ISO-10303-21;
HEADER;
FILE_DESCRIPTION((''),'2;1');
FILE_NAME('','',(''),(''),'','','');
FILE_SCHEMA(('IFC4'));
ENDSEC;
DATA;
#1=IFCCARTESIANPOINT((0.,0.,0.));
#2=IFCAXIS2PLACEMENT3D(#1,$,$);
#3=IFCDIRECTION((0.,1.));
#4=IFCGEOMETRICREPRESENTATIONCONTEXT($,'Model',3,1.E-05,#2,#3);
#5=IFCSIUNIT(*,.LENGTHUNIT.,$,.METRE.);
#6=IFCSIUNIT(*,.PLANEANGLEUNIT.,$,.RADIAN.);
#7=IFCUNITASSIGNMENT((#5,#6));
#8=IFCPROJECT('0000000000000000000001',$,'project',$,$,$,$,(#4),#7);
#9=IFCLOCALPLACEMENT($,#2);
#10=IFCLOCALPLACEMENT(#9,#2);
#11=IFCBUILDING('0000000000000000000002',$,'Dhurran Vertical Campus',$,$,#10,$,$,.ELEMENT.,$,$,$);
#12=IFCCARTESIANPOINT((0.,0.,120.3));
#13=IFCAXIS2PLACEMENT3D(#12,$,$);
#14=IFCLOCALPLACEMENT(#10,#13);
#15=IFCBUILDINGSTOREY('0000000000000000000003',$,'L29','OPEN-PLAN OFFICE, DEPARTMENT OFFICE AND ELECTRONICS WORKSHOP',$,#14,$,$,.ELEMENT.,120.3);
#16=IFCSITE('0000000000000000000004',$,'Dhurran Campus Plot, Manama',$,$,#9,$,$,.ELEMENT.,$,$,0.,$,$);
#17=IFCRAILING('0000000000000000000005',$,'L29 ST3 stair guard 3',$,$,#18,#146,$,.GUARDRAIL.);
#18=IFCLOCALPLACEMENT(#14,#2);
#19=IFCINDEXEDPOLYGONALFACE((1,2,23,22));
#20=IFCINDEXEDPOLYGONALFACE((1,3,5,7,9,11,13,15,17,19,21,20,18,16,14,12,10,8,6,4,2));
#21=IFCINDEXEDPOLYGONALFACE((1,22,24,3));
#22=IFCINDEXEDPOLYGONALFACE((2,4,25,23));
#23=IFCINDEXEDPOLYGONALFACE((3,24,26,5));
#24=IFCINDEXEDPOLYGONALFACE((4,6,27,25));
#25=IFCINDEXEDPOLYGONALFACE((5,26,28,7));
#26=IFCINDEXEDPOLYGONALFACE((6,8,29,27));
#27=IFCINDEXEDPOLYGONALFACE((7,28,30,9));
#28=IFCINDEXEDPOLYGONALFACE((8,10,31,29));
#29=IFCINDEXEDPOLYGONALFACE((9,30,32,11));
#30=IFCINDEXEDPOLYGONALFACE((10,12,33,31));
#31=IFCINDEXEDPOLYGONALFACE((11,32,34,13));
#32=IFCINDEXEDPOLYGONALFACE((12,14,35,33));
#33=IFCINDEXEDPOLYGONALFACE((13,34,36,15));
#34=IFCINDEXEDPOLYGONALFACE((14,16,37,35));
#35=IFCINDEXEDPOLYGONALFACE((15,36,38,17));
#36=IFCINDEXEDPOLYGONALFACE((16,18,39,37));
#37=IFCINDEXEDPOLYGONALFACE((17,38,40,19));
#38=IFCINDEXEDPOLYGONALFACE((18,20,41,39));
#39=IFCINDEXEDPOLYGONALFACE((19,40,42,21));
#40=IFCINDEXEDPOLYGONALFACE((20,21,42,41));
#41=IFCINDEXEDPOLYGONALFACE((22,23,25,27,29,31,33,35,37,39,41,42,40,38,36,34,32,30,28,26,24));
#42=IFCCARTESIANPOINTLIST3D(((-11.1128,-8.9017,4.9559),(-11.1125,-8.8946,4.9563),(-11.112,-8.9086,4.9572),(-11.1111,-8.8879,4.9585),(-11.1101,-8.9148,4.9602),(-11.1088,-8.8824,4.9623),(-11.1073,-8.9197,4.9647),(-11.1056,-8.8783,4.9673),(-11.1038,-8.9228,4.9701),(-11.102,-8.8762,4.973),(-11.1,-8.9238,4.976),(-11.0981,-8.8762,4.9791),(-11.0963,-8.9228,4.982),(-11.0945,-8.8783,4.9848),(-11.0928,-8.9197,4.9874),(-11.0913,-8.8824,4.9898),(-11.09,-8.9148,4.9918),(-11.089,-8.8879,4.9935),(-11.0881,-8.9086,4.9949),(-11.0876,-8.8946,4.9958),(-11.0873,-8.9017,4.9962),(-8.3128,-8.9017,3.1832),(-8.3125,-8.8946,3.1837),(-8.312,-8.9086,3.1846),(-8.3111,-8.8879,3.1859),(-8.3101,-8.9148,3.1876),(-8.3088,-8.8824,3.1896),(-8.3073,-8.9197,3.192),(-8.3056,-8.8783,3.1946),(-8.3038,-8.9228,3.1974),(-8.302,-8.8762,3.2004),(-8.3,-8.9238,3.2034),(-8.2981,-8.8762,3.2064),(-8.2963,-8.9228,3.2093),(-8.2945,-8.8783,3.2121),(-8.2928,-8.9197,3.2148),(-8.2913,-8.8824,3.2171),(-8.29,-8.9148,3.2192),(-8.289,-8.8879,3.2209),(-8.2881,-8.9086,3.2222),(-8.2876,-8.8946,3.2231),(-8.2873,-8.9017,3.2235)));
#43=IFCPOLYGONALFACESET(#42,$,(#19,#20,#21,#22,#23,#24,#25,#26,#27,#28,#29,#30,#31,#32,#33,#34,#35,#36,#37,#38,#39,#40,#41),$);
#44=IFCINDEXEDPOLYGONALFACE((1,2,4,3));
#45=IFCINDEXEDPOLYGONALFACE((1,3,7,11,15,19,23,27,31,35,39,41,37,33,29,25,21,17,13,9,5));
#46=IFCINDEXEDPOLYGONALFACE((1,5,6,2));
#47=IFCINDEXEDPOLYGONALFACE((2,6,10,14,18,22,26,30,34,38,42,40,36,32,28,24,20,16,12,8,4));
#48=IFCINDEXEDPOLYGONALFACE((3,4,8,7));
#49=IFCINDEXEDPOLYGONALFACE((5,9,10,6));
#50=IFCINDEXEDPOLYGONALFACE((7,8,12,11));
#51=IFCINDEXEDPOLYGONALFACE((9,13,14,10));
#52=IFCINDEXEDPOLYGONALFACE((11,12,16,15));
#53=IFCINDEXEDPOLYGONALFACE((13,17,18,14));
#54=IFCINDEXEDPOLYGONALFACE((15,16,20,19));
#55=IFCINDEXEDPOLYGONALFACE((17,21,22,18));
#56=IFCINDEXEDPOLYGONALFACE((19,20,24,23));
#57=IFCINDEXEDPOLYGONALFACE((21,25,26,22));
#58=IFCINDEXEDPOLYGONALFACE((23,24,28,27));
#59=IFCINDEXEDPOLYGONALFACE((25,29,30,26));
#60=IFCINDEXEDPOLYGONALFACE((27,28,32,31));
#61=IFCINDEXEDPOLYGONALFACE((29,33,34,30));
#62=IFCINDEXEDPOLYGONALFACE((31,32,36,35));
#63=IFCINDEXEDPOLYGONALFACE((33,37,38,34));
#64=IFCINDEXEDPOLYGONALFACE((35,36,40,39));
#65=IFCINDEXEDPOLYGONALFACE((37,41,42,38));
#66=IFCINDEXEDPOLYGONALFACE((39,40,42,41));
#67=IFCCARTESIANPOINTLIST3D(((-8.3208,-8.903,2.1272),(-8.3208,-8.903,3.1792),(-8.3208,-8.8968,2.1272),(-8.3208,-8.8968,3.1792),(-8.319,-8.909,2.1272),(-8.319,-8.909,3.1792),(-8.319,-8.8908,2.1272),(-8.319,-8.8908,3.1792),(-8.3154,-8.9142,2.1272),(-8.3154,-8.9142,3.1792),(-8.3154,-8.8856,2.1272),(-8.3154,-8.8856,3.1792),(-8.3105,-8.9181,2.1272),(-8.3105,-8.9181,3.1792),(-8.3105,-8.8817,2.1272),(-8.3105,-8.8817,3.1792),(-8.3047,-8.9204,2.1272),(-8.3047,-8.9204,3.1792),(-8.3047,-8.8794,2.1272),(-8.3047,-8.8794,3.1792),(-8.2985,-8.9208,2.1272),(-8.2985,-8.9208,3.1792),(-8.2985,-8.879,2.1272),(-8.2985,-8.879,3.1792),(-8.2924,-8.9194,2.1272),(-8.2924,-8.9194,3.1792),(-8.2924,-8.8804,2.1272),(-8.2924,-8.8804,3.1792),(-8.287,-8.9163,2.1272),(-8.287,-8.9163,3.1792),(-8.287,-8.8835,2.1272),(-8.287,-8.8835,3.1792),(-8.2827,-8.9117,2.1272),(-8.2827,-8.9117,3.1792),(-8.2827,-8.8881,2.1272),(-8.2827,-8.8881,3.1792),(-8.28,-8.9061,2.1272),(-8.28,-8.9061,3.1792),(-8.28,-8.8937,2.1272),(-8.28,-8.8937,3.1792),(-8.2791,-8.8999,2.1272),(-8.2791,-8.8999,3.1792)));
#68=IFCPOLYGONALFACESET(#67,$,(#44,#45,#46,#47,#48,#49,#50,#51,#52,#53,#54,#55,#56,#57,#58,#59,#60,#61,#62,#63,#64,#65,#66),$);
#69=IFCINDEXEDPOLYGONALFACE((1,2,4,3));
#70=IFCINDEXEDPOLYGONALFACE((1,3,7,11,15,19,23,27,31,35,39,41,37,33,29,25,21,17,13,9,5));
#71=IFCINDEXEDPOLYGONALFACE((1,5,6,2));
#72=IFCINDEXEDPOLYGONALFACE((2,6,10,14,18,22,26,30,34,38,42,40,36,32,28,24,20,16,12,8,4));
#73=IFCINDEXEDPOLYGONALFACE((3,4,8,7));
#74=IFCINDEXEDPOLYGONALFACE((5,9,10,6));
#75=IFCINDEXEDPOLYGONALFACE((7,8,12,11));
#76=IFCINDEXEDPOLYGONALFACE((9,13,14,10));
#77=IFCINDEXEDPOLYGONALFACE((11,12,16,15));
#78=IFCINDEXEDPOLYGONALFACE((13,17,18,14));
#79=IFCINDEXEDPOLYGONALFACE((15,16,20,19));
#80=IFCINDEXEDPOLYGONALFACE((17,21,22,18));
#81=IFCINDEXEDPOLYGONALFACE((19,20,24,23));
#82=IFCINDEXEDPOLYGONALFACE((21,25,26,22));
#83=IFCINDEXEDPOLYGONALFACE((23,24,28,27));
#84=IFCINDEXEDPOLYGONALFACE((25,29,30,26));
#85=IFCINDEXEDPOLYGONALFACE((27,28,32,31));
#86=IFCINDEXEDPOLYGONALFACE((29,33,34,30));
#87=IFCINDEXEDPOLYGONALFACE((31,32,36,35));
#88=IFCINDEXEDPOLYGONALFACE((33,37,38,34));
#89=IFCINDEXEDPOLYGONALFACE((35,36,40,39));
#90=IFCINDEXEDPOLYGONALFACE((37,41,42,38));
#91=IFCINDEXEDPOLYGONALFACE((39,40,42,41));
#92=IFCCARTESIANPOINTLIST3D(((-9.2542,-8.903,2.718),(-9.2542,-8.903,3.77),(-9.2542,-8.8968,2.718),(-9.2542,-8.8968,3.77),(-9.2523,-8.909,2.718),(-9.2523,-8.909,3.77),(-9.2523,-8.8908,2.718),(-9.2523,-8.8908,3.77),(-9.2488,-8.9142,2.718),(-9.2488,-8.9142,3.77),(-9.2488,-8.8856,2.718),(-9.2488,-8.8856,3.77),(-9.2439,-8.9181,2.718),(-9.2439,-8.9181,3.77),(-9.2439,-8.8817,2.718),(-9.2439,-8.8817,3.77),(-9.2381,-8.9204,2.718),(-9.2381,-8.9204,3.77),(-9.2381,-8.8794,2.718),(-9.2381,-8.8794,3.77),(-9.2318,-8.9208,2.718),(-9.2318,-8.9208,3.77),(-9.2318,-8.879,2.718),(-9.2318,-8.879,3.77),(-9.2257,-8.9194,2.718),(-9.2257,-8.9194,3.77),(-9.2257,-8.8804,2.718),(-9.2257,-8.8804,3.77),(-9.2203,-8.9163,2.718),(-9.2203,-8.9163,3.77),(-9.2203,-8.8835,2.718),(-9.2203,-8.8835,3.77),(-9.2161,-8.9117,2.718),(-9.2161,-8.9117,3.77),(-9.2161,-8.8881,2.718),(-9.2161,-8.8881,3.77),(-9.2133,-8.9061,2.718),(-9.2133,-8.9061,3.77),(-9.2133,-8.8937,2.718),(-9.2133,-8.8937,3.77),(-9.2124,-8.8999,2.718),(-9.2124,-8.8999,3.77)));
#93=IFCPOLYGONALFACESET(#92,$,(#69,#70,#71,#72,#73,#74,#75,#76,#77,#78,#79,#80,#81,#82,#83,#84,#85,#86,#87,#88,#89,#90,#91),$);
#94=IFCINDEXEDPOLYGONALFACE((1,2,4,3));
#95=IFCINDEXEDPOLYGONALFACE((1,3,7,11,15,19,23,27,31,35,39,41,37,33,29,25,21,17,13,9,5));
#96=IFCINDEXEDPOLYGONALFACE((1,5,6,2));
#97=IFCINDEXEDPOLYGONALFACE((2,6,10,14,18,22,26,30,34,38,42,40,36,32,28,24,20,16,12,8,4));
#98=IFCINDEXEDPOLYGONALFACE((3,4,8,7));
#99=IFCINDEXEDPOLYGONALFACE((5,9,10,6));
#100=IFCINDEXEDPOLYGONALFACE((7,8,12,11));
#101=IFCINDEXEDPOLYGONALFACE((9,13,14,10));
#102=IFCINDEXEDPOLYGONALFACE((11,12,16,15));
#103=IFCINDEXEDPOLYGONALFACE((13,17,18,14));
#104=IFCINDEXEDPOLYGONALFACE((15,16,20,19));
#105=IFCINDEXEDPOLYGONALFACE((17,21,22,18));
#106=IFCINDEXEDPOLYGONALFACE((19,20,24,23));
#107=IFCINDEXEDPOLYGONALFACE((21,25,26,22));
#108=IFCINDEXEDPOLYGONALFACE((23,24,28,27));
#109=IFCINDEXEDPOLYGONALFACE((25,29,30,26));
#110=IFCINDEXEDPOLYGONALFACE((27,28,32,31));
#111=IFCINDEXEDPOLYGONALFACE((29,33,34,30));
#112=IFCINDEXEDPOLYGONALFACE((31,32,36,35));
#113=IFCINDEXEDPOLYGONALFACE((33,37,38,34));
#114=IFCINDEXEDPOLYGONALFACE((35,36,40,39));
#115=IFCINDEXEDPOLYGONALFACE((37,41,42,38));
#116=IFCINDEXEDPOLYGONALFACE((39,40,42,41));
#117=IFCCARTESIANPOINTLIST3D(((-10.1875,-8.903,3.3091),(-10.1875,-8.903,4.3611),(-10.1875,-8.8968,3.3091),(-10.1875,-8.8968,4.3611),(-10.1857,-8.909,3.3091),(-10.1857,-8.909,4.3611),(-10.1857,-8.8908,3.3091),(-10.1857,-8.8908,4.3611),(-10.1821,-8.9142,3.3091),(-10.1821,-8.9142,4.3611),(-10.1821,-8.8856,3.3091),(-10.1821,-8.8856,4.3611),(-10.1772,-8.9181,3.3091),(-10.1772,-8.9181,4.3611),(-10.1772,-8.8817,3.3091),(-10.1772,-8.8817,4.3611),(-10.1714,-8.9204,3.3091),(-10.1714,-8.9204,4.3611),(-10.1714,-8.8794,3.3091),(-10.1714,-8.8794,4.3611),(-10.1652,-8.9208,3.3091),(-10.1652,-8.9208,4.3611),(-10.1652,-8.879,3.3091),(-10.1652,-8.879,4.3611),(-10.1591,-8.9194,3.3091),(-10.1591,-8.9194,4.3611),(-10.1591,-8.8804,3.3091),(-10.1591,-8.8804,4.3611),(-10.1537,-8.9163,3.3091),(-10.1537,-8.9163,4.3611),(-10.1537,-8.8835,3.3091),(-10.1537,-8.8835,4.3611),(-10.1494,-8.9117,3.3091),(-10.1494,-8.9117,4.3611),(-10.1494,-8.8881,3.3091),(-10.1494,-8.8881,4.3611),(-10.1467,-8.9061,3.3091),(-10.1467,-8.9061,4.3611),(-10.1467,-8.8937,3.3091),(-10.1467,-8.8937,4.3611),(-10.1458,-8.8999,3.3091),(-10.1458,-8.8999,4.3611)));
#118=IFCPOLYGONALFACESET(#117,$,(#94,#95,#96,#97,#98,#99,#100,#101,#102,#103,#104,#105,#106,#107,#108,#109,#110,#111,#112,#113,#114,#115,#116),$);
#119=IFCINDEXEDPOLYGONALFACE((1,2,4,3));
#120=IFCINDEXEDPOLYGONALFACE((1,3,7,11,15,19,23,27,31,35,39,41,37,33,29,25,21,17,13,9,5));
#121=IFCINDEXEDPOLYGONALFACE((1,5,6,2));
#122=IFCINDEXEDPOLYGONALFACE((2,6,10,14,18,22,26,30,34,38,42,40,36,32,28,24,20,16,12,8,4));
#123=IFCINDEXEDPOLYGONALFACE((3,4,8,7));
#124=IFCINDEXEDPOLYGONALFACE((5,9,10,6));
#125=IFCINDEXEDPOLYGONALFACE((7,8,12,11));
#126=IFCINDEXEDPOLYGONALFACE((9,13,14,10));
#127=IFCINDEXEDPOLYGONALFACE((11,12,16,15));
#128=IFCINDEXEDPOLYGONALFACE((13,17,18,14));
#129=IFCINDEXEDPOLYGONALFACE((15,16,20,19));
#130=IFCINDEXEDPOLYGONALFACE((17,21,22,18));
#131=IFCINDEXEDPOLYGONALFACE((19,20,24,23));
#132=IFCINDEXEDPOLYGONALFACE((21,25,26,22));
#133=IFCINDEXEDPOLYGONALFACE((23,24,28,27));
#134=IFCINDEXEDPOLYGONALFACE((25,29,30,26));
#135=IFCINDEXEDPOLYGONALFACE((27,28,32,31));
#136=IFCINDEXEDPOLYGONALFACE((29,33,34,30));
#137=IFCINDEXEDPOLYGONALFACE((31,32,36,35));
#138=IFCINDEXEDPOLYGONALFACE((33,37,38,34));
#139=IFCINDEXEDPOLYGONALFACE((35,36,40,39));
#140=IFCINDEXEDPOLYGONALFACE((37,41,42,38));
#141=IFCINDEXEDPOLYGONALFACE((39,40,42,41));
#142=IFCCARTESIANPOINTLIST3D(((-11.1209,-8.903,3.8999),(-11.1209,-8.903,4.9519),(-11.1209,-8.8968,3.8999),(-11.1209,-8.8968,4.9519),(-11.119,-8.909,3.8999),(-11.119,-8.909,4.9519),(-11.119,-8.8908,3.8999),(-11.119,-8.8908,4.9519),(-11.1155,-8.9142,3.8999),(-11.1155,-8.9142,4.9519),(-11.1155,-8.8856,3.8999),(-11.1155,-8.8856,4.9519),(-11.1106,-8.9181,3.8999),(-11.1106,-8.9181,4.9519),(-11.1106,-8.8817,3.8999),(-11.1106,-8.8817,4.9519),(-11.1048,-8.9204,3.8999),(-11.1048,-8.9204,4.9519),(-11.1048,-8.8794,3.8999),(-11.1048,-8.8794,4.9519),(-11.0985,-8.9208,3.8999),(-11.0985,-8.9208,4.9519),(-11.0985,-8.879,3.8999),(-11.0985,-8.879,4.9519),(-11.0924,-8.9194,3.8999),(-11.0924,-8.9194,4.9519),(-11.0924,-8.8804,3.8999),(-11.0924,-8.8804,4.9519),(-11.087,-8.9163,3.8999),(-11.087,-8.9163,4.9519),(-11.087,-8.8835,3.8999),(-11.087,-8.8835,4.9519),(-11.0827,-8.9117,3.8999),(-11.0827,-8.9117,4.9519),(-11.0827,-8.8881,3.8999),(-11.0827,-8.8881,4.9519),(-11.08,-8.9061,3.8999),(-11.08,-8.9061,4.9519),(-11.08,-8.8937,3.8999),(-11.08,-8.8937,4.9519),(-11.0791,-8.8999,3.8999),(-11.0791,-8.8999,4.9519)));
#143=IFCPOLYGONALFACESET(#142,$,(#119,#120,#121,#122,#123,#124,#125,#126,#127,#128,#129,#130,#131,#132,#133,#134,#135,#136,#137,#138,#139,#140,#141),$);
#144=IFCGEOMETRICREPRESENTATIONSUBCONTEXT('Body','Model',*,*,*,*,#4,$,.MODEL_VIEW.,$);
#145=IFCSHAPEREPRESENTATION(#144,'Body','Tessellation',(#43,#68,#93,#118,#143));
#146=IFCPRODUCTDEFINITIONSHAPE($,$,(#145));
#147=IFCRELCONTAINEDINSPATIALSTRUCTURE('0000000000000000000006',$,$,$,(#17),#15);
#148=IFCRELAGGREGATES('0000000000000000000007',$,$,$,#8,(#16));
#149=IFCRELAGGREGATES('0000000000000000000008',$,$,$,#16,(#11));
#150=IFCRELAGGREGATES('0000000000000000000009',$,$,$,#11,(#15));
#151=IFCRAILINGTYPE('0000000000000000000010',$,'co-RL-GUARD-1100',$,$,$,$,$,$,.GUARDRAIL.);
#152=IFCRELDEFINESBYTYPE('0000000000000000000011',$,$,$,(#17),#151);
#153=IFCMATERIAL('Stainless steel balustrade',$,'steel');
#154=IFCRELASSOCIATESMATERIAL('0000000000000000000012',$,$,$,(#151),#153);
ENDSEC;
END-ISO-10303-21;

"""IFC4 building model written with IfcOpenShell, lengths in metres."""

from ifc_helpers import new_model, si_unit, direction, frame, origin, origin_2d, place, context, subcontext, project, spatial, circle, extrude, material, type_object, element, save


model = new_model("IFC4")

# Units and contexts
model_context = context("Model", 3, precision=1e-05, world=origin(), true_north=direction((0.0, 1.0)))
body_context = subcontext(model_context, "Body", "Model", "MODEL_VIEW")
ifc_project = project(units=[si_unit("LENGTHUNIT", "METRE"), si_unit("PLANEANGLEUNIT", "RADIAN")], contexts=[model_context])

# Site, building, storey
site_placement = place(None, origin())
site = spatial("IfcSite", under=ifc_project, at=site_placement, Name="Dhurran Campus Plot, Manama", CompositionType="ELEMENT", RefElevation=0.0)
building_placement = place(site_placement, origin())
building = spatial("IfcBuilding", under=site, at=building_placement, Name="Dhurran Vertical Campus", CompositionType="ELEMENT")
storey_placement = place(building_placement, frame((0.0, 0.0, 120.3)))
storey = spatial("IfcBuildingStorey", under=building, at=storey_placement, Name="L29", Description="OPEN-PLAN OFFICE, DEPARTMENT OFFICE AND ELECTRONICS WORKSHOP", CompositionType="ELEMENT", Elevation=120.3)

# Railing
ifc_material_1 = material(Name="Stainless steel balustrade", Category="steel")
railing_type_1 = type_object("IfcRailingType", Name="co-RL-GUARD-1100", PredefinedType="GUARDRAIL", material=ifc_material_1)
railing_1_placement = place(storey_placement, frame((-8.3, -8.8999, 2.1272)))
element("IfcRailing", 1, at=railing_1_placement, inside=storey, type_object=railing_type_1, Name="L29 ST3 stair guard 3", PredefinedType="GUARDRAIL", context=body_context, shape_type="SweptSolid", body=[
    extrude(circle(Radius=0.0239, at=origin_2d()), frame((0.0, 0.0, 1.0762), z_axis=(-0.844909, 0.0, 0.53491), x_axis=(0.0, -1.0, 0.0)), (0.0, 0.0, 1.0), 3.314),
    extrude(circle(Radius=0.021, at=origin_2d()), origin(), (0.0, 0.0, 1.0), 1.052),
    extrude(circle(Radius=0.021, at=origin_2d()), frame((-0.9333, 0.0, 0.5908)), (0.0, 0.0, 1.0), 1.052),
    extrude(circle(Radius=0.021, at=origin_2d()), frame((-1.8667, 0.0, 1.1819)), (0.0, 0.0, 1.0), 1.052),
    extrude(circle(Radius=0.021, at=origin_2d()), frame((-2.8, 0.0, 1.7727)), (0.0, 0.0, 1.0), 1.052),
])

save(model, "model.ifc")
